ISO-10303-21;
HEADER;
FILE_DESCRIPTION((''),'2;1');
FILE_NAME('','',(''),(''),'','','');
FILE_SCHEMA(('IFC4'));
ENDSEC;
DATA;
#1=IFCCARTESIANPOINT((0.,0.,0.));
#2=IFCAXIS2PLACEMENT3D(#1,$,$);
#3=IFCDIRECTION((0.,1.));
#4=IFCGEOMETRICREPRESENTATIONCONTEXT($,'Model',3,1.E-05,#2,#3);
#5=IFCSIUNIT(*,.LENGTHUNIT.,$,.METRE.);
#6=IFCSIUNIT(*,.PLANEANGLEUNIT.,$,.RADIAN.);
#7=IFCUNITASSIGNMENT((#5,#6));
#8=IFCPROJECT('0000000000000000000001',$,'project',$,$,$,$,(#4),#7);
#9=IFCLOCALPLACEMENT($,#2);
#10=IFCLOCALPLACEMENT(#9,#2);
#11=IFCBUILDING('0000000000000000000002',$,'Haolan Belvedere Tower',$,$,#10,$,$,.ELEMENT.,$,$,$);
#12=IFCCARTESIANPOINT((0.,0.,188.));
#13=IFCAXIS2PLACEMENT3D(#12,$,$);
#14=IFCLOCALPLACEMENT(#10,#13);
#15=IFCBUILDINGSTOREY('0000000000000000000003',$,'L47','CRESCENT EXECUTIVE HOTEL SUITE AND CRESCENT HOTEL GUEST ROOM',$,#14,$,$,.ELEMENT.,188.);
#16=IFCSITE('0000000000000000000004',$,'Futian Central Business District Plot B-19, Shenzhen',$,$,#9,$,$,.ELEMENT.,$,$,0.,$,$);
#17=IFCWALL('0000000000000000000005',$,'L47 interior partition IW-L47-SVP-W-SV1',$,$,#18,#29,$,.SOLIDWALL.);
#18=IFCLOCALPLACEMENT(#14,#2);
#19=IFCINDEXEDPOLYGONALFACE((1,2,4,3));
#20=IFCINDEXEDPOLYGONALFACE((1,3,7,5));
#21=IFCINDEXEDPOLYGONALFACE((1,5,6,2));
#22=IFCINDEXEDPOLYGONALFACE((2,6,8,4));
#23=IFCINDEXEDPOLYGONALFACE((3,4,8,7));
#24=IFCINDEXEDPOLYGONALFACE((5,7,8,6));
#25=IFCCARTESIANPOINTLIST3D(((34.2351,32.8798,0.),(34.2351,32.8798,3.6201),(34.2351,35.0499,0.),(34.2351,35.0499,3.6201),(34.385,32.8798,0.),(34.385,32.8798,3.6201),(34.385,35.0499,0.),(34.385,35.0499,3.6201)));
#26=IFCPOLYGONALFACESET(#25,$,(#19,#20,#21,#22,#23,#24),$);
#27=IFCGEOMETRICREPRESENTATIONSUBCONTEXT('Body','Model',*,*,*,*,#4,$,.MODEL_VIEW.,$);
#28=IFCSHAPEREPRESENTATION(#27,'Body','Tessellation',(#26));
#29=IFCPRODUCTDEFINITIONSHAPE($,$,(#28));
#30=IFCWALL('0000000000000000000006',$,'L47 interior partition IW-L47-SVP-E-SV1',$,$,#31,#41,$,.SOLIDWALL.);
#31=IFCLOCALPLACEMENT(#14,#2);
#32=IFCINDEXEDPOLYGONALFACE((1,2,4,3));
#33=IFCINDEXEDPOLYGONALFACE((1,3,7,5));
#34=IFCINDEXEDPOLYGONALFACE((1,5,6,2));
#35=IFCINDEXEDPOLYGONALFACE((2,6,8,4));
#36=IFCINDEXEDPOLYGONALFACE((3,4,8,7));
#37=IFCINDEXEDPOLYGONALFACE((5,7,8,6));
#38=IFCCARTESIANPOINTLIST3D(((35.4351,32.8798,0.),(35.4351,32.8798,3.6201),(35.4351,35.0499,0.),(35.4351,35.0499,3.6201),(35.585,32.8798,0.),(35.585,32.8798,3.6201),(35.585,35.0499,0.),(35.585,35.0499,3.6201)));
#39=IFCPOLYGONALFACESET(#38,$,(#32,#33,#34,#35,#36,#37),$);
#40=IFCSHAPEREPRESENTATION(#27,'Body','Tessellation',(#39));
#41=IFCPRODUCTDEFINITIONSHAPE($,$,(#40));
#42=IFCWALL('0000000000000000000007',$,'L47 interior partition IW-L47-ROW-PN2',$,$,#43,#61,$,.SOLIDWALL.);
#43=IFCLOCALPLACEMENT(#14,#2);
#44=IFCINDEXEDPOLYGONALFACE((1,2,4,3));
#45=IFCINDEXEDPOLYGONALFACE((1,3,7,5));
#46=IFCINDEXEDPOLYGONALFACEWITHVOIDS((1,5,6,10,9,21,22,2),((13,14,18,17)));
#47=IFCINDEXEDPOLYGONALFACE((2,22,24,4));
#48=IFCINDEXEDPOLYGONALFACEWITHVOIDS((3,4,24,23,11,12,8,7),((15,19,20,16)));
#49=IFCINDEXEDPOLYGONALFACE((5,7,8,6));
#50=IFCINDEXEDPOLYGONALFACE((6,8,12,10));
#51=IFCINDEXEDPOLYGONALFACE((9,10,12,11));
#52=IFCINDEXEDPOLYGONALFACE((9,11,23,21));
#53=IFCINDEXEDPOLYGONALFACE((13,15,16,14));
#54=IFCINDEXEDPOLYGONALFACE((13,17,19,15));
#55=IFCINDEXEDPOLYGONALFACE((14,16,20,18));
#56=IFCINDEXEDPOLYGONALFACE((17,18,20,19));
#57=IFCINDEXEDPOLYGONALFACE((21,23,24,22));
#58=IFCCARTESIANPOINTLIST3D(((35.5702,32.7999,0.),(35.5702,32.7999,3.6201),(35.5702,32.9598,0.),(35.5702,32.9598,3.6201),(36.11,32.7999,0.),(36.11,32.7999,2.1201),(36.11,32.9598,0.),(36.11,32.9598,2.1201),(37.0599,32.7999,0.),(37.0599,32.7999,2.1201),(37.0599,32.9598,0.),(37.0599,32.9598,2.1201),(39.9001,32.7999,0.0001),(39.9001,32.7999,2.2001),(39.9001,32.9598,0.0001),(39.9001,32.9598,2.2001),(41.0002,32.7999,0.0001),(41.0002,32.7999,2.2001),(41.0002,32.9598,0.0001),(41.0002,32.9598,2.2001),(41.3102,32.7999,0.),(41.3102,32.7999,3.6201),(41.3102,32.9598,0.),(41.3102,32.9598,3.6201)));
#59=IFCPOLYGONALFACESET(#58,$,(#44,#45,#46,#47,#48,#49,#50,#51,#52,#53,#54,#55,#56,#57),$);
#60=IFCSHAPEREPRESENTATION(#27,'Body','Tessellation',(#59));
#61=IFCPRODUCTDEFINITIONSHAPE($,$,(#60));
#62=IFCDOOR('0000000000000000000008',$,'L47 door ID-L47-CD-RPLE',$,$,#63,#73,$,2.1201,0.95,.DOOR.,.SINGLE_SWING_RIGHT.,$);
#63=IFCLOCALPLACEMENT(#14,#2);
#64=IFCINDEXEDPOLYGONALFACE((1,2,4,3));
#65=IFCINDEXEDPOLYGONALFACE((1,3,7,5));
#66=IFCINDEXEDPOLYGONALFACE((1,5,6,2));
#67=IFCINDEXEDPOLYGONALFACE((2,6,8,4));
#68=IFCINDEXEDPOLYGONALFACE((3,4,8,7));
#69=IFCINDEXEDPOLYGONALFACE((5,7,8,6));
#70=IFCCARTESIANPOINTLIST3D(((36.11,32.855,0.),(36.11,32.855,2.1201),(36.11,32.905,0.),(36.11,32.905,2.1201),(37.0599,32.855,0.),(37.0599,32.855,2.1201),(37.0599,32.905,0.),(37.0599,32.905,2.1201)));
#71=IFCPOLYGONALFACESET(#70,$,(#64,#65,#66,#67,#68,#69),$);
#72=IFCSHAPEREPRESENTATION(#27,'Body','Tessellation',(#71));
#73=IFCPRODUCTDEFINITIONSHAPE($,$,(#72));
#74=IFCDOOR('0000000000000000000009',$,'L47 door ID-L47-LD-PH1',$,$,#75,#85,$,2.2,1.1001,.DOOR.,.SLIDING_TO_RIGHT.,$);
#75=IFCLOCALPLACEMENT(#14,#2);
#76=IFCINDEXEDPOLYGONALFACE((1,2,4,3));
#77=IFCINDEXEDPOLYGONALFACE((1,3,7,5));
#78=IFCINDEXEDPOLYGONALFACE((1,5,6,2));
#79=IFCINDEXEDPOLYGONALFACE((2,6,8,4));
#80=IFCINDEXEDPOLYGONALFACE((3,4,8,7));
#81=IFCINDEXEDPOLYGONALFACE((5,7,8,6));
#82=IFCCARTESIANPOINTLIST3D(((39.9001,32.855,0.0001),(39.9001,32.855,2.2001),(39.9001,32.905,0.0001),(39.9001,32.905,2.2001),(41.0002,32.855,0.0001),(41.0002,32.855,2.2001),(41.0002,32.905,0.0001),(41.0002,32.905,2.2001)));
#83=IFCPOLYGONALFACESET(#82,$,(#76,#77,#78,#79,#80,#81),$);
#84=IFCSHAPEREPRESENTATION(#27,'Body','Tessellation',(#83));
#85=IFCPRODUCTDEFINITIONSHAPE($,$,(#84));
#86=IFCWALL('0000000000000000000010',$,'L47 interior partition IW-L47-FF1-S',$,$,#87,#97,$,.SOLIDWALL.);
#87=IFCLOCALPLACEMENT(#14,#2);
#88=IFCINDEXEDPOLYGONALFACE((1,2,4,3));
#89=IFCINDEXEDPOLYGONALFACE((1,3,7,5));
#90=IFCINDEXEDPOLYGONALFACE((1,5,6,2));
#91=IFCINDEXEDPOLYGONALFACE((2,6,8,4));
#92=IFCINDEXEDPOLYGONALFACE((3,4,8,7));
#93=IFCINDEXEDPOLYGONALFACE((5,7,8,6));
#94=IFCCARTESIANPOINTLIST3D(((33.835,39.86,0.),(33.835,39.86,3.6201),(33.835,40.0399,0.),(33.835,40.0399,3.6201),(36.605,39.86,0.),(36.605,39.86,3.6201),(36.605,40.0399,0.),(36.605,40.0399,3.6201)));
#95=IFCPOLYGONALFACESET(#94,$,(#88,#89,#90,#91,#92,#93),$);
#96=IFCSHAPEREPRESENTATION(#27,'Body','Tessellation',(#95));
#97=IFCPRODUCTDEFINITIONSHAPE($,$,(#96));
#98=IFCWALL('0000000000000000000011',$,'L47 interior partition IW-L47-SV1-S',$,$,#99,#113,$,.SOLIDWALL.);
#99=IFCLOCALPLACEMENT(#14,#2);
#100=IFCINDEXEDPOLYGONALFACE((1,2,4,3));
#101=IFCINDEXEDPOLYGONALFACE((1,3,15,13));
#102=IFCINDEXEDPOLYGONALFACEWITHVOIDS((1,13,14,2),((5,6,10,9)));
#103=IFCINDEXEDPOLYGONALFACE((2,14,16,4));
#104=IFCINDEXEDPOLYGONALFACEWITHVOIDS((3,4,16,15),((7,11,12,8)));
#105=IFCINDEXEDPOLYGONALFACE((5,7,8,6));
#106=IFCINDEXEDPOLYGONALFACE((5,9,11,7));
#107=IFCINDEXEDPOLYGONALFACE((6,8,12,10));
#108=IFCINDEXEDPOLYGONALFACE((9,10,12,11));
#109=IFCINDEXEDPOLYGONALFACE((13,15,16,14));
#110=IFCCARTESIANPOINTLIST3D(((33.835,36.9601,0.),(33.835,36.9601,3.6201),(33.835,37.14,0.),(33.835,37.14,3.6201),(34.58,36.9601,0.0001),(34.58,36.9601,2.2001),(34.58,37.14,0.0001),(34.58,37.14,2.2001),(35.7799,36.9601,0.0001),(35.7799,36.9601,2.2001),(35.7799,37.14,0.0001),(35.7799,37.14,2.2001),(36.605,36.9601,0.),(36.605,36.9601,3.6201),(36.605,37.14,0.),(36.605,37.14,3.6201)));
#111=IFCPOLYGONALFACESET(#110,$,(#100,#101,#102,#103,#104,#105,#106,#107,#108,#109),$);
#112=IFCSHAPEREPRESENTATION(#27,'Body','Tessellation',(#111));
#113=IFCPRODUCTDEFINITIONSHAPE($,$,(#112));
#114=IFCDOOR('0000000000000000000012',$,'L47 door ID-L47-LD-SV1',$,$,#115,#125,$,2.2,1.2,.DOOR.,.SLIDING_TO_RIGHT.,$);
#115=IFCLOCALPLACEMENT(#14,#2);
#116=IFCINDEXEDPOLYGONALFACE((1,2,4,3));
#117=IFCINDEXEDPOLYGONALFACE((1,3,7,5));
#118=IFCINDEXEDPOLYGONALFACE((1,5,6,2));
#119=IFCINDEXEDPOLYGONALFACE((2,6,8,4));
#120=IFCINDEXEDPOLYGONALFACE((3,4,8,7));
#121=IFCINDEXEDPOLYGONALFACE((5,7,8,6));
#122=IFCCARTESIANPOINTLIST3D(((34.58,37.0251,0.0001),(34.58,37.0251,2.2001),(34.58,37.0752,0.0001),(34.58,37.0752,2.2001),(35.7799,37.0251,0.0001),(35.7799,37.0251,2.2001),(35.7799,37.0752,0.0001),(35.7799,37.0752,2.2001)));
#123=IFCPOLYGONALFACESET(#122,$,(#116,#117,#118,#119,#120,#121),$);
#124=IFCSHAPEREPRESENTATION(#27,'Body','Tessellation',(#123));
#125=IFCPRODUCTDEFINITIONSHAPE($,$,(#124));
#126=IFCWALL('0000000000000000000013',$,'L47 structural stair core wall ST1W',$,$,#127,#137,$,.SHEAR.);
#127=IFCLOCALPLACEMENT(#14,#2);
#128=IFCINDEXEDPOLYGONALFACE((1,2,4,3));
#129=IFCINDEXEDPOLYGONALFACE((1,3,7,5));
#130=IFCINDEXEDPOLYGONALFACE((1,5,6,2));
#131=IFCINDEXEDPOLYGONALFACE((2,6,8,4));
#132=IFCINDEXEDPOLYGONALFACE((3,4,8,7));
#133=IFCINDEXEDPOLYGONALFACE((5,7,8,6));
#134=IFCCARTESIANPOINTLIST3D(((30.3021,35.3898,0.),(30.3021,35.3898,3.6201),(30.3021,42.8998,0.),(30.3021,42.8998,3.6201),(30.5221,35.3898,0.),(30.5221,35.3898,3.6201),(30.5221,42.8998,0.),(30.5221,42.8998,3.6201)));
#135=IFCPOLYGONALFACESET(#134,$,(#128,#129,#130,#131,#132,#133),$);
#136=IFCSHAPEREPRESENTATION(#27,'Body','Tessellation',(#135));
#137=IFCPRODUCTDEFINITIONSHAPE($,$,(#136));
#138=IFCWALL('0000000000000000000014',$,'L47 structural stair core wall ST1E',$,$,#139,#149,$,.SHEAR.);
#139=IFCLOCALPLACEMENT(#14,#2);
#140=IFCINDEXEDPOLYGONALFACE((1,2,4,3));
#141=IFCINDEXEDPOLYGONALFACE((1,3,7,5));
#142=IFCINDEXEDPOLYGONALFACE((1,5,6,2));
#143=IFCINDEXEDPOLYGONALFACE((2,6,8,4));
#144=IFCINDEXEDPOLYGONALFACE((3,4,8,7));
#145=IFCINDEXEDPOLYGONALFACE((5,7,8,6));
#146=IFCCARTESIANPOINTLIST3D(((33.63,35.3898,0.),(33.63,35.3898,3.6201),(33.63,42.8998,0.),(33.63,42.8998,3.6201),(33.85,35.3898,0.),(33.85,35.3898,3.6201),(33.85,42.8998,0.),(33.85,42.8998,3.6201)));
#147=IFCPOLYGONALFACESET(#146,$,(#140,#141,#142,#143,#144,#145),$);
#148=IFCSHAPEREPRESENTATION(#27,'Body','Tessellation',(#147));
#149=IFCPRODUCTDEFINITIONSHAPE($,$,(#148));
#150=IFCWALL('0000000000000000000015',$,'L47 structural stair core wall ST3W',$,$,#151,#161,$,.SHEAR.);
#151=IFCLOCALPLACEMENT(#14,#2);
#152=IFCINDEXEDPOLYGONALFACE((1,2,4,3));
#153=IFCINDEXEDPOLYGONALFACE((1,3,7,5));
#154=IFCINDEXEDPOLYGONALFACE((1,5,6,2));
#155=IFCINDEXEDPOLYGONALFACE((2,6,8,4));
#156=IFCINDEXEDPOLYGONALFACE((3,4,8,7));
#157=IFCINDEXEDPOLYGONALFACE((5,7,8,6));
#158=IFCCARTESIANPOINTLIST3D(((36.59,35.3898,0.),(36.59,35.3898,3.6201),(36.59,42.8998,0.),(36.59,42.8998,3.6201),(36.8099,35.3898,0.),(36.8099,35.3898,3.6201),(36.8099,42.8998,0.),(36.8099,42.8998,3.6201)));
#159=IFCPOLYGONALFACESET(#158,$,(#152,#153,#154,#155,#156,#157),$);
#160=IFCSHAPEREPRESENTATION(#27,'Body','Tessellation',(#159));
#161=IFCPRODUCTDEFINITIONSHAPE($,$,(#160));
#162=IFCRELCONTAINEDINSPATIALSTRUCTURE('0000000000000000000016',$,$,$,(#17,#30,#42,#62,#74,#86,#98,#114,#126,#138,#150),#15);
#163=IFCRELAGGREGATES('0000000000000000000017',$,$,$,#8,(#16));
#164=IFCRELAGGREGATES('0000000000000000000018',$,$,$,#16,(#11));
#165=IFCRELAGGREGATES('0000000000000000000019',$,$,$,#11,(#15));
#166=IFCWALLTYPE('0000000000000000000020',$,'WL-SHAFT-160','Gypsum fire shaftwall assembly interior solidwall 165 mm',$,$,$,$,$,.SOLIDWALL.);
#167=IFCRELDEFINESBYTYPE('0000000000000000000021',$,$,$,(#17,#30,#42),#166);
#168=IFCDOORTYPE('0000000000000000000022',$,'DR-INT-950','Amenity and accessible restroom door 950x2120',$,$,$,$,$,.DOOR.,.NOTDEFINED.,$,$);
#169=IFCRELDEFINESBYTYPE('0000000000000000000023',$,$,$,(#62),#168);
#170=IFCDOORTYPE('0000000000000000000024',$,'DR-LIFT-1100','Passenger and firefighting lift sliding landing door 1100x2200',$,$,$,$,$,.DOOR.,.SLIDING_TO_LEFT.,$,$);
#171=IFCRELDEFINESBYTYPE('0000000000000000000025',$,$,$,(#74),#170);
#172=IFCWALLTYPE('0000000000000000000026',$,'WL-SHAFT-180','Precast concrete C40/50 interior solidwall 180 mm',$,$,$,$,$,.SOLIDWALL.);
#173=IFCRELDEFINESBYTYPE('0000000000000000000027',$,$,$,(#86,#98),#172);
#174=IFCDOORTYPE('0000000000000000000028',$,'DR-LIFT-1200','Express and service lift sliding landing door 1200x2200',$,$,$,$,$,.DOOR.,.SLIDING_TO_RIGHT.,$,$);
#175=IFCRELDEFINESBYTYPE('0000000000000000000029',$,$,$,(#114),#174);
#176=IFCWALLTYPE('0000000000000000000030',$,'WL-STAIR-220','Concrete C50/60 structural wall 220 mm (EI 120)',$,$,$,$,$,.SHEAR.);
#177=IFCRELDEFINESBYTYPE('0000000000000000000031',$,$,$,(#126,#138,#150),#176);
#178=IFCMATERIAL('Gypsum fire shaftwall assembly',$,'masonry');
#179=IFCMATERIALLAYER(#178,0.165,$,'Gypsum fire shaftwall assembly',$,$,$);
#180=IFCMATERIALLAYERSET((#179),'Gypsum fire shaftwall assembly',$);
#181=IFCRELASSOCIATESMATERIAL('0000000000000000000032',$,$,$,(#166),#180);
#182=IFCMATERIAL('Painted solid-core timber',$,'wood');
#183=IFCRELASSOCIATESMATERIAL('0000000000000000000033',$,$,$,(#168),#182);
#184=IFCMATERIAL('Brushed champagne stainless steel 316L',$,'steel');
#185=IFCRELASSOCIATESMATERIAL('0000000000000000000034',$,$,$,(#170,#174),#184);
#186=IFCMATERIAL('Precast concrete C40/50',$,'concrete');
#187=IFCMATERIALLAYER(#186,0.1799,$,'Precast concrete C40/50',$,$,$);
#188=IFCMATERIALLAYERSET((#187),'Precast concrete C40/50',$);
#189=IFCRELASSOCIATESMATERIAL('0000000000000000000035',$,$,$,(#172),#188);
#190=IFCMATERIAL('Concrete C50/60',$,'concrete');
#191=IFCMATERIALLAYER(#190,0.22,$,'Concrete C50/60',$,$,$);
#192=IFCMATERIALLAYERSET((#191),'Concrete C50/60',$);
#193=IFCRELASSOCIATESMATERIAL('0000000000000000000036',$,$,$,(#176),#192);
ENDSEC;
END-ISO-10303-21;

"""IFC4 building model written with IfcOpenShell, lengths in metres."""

from ifc_helpers import new_model, si_unit, direction, frame, frame_2d, origin, place, context, subcontext, project, spatial, rectangle, extrude, material, layer, layer_set, type_object, element, fill, save


model = new_model("IFC4")

# Units and contexts
model_context = context("Model", 3, precision=1e-05, world=origin(), true_north=direction((0.0, 1.0)))
body_context = subcontext(model_context, "Body", "Model", "MODEL_VIEW")
ifc_project = project(units=[si_unit("LENGTHUNIT", "METRE"), si_unit("PLANEANGLEUNIT", "RADIAN")], contexts=[model_context])

# Site, building, storey
site_placement = place(None, origin())
site = spatial("IfcSite", under=ifc_project, at=site_placement, Name="Futian Central Business District Plot B-19, Shenzhen", CompositionType="ELEMENT", RefElevation=0.0)
building_placement = place(site_placement, origin())
building = spatial("IfcBuilding", under=site, at=building_placement, Name="Haolan Belvedere Tower", CompositionType="ELEMENT")
storey_placement = place(building_placement, frame((0.0, 0.0, 188.0)))
storey = spatial("IfcBuildingStorey", under=building, at=storey_placement, Name="L47", Description="CRESCENT EXECUTIVE HOTEL SUITE AND CRESCENT HOTEL GUEST ROOM", CompositionType="ELEMENT", Elevation=188.0)

# Walls
ifc_material_1 = material(Name="Gypsum fire shaftwall assembly", Category="masonry")
ifc_layer_1 = layer(ifc_material_1, 0.165, Name="Gypsum fire shaftwall assembly")
ifc_layer_set_1 = layer_set([ifc_layer_1], Name="Gypsum fire shaftwall assembly")
wall_type_1 = type_object("IfcWallType", Name="WL-SHAFT-160", Description="Gypsum fire shaftwall assembly interior solidwall 165 mm", PredefinedType="SOLIDWALL", material=ifc_layer_set_1)
for number, where, z_axis, x_axis, name in (
    (1, (34.3101, 32.8799, 0.0), (0.0, 0.0, 1.0), (0.0, 1.0, 0.0), "L47 interior partition IW-L47-SVP-W-SV1"),
    (2, (35.51, 32.8799, 0.0), (0.0, 0.0, 1.0), (0.0, 1.0, 0.0), "L47 interior partition IW-L47-SVP-E-SV1"),
):
    element("IfcWall", number, at=place(storey_placement, frame(where, z_axis=z_axis, x_axis=x_axis)), inside=storey, type_object=wall_type_1, Name=name, PredefinedType="SOLIDWALL", context=body_context, shape_type="SweptSolid", body=[
        extrude(rectangle(XDim=2.1702, YDim=0.1499, at=frame_2d((1.085, 0.0))), origin(), (0.0, 0.0, 1.0), 3.6201),
    ])

# Wall, openings, doors
wall_1_placement = place(storey_placement, frame((35.5701, 32.8799, 0.0), z_axis=(0.0, 0.0, 1.0), x_axis=(1.0, 0.0, 0.0)))
wall_1 = element("IfcWall", 3, at=wall_1_placement, inside=storey, type_object=wall_type_1, Name="L47 interior partition IW-L47-ROW-PN2", PredefinedType="SOLIDWALL", context=body_context, shape_type="SweptSolid", body=[
    extrude(rectangle(XDim=5.74, YDim=0.1599, at=frame_2d((2.8701, 0.0))), origin(), (0.0, 0.0, 1.0), 3.6201),
])
opening_1_placement = place(wall_1_placement, frame((1.49, 0.0, 0.0), z_axis=(0.0, 0.0, 1.0), x_axis=(-1.0, 0.0, 0.0)))
opening_1 = element("IfcOpeningElement", 4, at=opening_1_placement, cuts=wall_1, PredefinedType="OPENING", context=body_context, shape_type="SweptSolid", body=[
    extrude(rectangle(XDim=0.95, YDim=2.1201, at=frame_2d((0.4751, 1.0601))), frame((0.0, 0.0898, 0.0), z_axis=(0.0, -1.0, 0.0), x_axis=(1.0, 0.0, 0.0)), (0.0, 0.0, 1.0), 0.1799),
])
opening_2_placement = place(wall_1_placement, frame((5.4302, 0.0, 0.0), z_axis=(0.0, 0.0, 1.0), x_axis=(-1.0, 0.0, 0.0)))
opening_2 = element("IfcOpeningElement", 5, at=opening_2_placement, cuts=wall_1, PredefinedType="OPENING", context=body_context, shape_type="SweptSolid", body=[
    extrude(rectangle(XDim=1.1001, YDim=2.2, at=frame_2d((0.55, 1.1001))), frame((0.0, 0.0898, 0.0), z_axis=(0.0, -1.0, 0.0), x_axis=(1.0, 0.0, 0.0)), (0.0, 0.0, 1.0), 0.1799),
])
ifc_material_2 = material(Name="Painted solid-core timber", Category="wood")
door_type_1 = type_object("IfcDoorType", Name="DR-INT-950", Description="Amenity and accessible restroom door 950x2120", OperationType="NOTDEFINED", PredefinedType="DOOR", material=ifc_material_2)
door_1_placement = place(opening_1_placement, origin())
door_1 = element("IfcDoor", 6, at=door_1_placement, inside=storey, type_object=door_type_1, Name="L47 door ID-L47-CD-RPLE", OperationType="SINGLE_SWING_RIGHT", OverallHeight=2.1201, OverallWidth=0.95, PredefinedType="DOOR", context=body_context, shape_type="SweptSolid", body=[
    extrude(rectangle(XDim=0.95, YDim=2.1201, at=frame_2d((0.4751, 1.0601))), frame((0.0, 0.0249, 0.0), z_axis=(0.0, -1.0, 0.0), x_axis=(1.0, 0.0, 0.0)), (0.0, 0.0, 1.0), 0.05),
])
fill(opening_1, door_1)
ifc_material_3 = material(Name="Brushed champagne stainless steel 316L", Category="steel")
door_type_2 = type_object("IfcDoorType", Name="DR-LIFT-1100", Description="Passenger and firefighting lift sliding landing door 1100x2200", OperationType="SLIDING_TO_LEFT", PredefinedType="DOOR", material=ifc_material_3)
door_2_placement = place(opening_2_placement, origin())
door_2 = element("IfcDoor", 7, at=door_2_placement, inside=storey, type_object=door_type_2, Name="L47 door ID-L47-LD-PH1", OperationType="SLIDING_TO_RIGHT", OverallHeight=2.2, OverallWidth=1.1001, PredefinedType="DOOR", context=body_context, shape_type="SweptSolid", body=[
    extrude(rectangle(XDim=1.1001, YDim=2.2, at=frame_2d((0.55, 1.1001))), frame((0.0, 0.0249, 0.0), z_axis=(0.0, -1.0, 0.0), x_axis=(1.0, 0.0, 0.0)), (0.0, 0.0, 1.0), 0.05),
])
fill(opening_2, door_2)

# Wall
ifc_material_4 = material(Name="Precast concrete C40/50", Category="concrete")
ifc_layer_2 = layer(ifc_material_4, 0.1799, Name="Precast concrete C40/50")
ifc_layer_set_2 = layer_set([ifc_layer_2], Name="Precast concrete C40/50")
wall_type_2 = type_object("IfcWallType", Name="WL-SHAFT-180", Description="Precast concrete C40/50 interior solidwall 180 mm", PredefinedType="SOLIDWALL", material=ifc_layer_set_2)
wall_2_placement = place(storey_placement, frame((33.835, 39.95, 0.0), z_axis=(0.0, 0.0, 1.0), x_axis=(1.0, 0.0, 0.0)))
element("IfcWall", 8, at=wall_2_placement, inside=storey, type_object=wall_type_2, Name="L47 interior partition IW-L47-FF1-S", PredefinedType="SOLIDWALL", context=body_context, shape_type="SweptSolid", body=[
    extrude(rectangle(XDim=2.77, YDim=0.1799, at=frame_2d((1.385, 0.0))), origin(), (0.0, 0.0, 1.0), 3.6201),
])

# Wall, opening, door
wall_3_placement = place(storey_placement, frame((33.835, 37.05, 0.0), z_axis=(0.0, 0.0, 1.0), x_axis=(1.0, 0.0, 0.0)))
wall_3 = element("IfcWall", 9, at=wall_3_placement, inside=storey, type_object=wall_type_2, Name="L47 interior partition IW-L47-SV1-S", PredefinedType="SOLIDWALL", context=body_context, shape_type="SweptSolid", body=[
    extrude(rectangle(XDim=2.77, YDim=0.1799, at=frame_2d((1.385, 0.0))), origin(), (0.0, 0.0, 1.0), 3.6201),
])
opening_3_placement = place(wall_3_placement, frame((1.9451, 0.0, 0.0), z_axis=(0.0, 0.0, 1.0), x_axis=(-1.0, 0.0, 0.0)))
opening_3 = element("IfcOpeningElement", 10, at=opening_3_placement, cuts=wall_3, PredefinedType="OPENING", context=body_context, shape_type="SweptSolid", body=[
    extrude(rectangle(XDim=1.2, YDim=2.2, at=frame_2d((0.6001, 1.1001))), frame((0.0, 0.0999, 0.0), z_axis=(0.0, -1.0, 0.0), x_axis=(1.0, 0.0, 0.0)), (0.0, 0.0, 1.0), 0.2),
])
door_type_3 = type_object("IfcDoorType", Name="DR-LIFT-1200", Description="Express and service lift sliding landing door 1200x2200", OperationType="SLIDING_TO_RIGHT", PredefinedType="DOOR", material=ifc_material_3)
door_3_placement = place(opening_3_placement, origin())
door_3 = element("IfcDoor", 11, at=door_3_placement, inside=storey, type_object=door_type_3, Name="L47 door ID-L47-LD-SV1", OperationType="SLIDING_TO_RIGHT", OverallHeight=2.2, OverallWidth=1.2, PredefinedType="DOOR", context=body_context, shape_type="SweptSolid", body=[
    extrude(rectangle(XDim=1.2, YDim=2.2, at=frame_2d((0.6001, 1.1001))), frame((0.0, 0.0249, 0.0), z_axis=(0.0, -1.0, 0.0), x_axis=(1.0, 0.0, 0.0)), (0.0, 0.0, 1.0), 0.05),
])
fill(opening_3, door_3)

# Walls
ifc_material_5 = material(Name="Concrete C50/60", Category="concrete")
ifc_layer_3 = layer(ifc_material_5, 0.22, Name="Concrete C50/60")
ifc_layer_set_3 = layer_set([ifc_layer_3], Name="Concrete C50/60")
wall_type_3 = type_object("IfcWallType", Name="WL-STAIR-220", Description="Concrete C50/60 structural wall 220 mm (EI 120)", PredefinedType="SHEAR", material=ifc_layer_set_3)
for number, where, z_axis, x_axis, name in (
    (12, (30.4121, 35.3899, 0.0), (0.0, 0.0, 1.0), (0.0, 1.0, 0.0), "L47 structural stair core wall ST1W"),
    (13, (33.74, 35.3899, 0.0), (0.0, 0.0, 1.0), (0.0, 1.0, 0.0), "L47 structural stair core wall ST1E"),
    (14, (36.7, 35.3899, 0.0), (0.0, 0.0, 1.0), (0.0, 1.0, 0.0), "L47 structural stair core wall ST3W"),
):
    element("IfcWall", number, at=place(storey_placement, frame(where, z_axis=z_axis, x_axis=x_axis)), inside=storey, type_object=wall_type_3, Name=name, PredefinedType="SHEAR", context=body_context, shape_type="SweptSolid", body=[
        extrude(rectangle(XDim=7.51, YDim=0.22, at=frame_2d((3.7549, 0.0))), origin(), (0.0, 0.0, 1.0), 3.6201),
    ])

save(model, "model.ifc")
